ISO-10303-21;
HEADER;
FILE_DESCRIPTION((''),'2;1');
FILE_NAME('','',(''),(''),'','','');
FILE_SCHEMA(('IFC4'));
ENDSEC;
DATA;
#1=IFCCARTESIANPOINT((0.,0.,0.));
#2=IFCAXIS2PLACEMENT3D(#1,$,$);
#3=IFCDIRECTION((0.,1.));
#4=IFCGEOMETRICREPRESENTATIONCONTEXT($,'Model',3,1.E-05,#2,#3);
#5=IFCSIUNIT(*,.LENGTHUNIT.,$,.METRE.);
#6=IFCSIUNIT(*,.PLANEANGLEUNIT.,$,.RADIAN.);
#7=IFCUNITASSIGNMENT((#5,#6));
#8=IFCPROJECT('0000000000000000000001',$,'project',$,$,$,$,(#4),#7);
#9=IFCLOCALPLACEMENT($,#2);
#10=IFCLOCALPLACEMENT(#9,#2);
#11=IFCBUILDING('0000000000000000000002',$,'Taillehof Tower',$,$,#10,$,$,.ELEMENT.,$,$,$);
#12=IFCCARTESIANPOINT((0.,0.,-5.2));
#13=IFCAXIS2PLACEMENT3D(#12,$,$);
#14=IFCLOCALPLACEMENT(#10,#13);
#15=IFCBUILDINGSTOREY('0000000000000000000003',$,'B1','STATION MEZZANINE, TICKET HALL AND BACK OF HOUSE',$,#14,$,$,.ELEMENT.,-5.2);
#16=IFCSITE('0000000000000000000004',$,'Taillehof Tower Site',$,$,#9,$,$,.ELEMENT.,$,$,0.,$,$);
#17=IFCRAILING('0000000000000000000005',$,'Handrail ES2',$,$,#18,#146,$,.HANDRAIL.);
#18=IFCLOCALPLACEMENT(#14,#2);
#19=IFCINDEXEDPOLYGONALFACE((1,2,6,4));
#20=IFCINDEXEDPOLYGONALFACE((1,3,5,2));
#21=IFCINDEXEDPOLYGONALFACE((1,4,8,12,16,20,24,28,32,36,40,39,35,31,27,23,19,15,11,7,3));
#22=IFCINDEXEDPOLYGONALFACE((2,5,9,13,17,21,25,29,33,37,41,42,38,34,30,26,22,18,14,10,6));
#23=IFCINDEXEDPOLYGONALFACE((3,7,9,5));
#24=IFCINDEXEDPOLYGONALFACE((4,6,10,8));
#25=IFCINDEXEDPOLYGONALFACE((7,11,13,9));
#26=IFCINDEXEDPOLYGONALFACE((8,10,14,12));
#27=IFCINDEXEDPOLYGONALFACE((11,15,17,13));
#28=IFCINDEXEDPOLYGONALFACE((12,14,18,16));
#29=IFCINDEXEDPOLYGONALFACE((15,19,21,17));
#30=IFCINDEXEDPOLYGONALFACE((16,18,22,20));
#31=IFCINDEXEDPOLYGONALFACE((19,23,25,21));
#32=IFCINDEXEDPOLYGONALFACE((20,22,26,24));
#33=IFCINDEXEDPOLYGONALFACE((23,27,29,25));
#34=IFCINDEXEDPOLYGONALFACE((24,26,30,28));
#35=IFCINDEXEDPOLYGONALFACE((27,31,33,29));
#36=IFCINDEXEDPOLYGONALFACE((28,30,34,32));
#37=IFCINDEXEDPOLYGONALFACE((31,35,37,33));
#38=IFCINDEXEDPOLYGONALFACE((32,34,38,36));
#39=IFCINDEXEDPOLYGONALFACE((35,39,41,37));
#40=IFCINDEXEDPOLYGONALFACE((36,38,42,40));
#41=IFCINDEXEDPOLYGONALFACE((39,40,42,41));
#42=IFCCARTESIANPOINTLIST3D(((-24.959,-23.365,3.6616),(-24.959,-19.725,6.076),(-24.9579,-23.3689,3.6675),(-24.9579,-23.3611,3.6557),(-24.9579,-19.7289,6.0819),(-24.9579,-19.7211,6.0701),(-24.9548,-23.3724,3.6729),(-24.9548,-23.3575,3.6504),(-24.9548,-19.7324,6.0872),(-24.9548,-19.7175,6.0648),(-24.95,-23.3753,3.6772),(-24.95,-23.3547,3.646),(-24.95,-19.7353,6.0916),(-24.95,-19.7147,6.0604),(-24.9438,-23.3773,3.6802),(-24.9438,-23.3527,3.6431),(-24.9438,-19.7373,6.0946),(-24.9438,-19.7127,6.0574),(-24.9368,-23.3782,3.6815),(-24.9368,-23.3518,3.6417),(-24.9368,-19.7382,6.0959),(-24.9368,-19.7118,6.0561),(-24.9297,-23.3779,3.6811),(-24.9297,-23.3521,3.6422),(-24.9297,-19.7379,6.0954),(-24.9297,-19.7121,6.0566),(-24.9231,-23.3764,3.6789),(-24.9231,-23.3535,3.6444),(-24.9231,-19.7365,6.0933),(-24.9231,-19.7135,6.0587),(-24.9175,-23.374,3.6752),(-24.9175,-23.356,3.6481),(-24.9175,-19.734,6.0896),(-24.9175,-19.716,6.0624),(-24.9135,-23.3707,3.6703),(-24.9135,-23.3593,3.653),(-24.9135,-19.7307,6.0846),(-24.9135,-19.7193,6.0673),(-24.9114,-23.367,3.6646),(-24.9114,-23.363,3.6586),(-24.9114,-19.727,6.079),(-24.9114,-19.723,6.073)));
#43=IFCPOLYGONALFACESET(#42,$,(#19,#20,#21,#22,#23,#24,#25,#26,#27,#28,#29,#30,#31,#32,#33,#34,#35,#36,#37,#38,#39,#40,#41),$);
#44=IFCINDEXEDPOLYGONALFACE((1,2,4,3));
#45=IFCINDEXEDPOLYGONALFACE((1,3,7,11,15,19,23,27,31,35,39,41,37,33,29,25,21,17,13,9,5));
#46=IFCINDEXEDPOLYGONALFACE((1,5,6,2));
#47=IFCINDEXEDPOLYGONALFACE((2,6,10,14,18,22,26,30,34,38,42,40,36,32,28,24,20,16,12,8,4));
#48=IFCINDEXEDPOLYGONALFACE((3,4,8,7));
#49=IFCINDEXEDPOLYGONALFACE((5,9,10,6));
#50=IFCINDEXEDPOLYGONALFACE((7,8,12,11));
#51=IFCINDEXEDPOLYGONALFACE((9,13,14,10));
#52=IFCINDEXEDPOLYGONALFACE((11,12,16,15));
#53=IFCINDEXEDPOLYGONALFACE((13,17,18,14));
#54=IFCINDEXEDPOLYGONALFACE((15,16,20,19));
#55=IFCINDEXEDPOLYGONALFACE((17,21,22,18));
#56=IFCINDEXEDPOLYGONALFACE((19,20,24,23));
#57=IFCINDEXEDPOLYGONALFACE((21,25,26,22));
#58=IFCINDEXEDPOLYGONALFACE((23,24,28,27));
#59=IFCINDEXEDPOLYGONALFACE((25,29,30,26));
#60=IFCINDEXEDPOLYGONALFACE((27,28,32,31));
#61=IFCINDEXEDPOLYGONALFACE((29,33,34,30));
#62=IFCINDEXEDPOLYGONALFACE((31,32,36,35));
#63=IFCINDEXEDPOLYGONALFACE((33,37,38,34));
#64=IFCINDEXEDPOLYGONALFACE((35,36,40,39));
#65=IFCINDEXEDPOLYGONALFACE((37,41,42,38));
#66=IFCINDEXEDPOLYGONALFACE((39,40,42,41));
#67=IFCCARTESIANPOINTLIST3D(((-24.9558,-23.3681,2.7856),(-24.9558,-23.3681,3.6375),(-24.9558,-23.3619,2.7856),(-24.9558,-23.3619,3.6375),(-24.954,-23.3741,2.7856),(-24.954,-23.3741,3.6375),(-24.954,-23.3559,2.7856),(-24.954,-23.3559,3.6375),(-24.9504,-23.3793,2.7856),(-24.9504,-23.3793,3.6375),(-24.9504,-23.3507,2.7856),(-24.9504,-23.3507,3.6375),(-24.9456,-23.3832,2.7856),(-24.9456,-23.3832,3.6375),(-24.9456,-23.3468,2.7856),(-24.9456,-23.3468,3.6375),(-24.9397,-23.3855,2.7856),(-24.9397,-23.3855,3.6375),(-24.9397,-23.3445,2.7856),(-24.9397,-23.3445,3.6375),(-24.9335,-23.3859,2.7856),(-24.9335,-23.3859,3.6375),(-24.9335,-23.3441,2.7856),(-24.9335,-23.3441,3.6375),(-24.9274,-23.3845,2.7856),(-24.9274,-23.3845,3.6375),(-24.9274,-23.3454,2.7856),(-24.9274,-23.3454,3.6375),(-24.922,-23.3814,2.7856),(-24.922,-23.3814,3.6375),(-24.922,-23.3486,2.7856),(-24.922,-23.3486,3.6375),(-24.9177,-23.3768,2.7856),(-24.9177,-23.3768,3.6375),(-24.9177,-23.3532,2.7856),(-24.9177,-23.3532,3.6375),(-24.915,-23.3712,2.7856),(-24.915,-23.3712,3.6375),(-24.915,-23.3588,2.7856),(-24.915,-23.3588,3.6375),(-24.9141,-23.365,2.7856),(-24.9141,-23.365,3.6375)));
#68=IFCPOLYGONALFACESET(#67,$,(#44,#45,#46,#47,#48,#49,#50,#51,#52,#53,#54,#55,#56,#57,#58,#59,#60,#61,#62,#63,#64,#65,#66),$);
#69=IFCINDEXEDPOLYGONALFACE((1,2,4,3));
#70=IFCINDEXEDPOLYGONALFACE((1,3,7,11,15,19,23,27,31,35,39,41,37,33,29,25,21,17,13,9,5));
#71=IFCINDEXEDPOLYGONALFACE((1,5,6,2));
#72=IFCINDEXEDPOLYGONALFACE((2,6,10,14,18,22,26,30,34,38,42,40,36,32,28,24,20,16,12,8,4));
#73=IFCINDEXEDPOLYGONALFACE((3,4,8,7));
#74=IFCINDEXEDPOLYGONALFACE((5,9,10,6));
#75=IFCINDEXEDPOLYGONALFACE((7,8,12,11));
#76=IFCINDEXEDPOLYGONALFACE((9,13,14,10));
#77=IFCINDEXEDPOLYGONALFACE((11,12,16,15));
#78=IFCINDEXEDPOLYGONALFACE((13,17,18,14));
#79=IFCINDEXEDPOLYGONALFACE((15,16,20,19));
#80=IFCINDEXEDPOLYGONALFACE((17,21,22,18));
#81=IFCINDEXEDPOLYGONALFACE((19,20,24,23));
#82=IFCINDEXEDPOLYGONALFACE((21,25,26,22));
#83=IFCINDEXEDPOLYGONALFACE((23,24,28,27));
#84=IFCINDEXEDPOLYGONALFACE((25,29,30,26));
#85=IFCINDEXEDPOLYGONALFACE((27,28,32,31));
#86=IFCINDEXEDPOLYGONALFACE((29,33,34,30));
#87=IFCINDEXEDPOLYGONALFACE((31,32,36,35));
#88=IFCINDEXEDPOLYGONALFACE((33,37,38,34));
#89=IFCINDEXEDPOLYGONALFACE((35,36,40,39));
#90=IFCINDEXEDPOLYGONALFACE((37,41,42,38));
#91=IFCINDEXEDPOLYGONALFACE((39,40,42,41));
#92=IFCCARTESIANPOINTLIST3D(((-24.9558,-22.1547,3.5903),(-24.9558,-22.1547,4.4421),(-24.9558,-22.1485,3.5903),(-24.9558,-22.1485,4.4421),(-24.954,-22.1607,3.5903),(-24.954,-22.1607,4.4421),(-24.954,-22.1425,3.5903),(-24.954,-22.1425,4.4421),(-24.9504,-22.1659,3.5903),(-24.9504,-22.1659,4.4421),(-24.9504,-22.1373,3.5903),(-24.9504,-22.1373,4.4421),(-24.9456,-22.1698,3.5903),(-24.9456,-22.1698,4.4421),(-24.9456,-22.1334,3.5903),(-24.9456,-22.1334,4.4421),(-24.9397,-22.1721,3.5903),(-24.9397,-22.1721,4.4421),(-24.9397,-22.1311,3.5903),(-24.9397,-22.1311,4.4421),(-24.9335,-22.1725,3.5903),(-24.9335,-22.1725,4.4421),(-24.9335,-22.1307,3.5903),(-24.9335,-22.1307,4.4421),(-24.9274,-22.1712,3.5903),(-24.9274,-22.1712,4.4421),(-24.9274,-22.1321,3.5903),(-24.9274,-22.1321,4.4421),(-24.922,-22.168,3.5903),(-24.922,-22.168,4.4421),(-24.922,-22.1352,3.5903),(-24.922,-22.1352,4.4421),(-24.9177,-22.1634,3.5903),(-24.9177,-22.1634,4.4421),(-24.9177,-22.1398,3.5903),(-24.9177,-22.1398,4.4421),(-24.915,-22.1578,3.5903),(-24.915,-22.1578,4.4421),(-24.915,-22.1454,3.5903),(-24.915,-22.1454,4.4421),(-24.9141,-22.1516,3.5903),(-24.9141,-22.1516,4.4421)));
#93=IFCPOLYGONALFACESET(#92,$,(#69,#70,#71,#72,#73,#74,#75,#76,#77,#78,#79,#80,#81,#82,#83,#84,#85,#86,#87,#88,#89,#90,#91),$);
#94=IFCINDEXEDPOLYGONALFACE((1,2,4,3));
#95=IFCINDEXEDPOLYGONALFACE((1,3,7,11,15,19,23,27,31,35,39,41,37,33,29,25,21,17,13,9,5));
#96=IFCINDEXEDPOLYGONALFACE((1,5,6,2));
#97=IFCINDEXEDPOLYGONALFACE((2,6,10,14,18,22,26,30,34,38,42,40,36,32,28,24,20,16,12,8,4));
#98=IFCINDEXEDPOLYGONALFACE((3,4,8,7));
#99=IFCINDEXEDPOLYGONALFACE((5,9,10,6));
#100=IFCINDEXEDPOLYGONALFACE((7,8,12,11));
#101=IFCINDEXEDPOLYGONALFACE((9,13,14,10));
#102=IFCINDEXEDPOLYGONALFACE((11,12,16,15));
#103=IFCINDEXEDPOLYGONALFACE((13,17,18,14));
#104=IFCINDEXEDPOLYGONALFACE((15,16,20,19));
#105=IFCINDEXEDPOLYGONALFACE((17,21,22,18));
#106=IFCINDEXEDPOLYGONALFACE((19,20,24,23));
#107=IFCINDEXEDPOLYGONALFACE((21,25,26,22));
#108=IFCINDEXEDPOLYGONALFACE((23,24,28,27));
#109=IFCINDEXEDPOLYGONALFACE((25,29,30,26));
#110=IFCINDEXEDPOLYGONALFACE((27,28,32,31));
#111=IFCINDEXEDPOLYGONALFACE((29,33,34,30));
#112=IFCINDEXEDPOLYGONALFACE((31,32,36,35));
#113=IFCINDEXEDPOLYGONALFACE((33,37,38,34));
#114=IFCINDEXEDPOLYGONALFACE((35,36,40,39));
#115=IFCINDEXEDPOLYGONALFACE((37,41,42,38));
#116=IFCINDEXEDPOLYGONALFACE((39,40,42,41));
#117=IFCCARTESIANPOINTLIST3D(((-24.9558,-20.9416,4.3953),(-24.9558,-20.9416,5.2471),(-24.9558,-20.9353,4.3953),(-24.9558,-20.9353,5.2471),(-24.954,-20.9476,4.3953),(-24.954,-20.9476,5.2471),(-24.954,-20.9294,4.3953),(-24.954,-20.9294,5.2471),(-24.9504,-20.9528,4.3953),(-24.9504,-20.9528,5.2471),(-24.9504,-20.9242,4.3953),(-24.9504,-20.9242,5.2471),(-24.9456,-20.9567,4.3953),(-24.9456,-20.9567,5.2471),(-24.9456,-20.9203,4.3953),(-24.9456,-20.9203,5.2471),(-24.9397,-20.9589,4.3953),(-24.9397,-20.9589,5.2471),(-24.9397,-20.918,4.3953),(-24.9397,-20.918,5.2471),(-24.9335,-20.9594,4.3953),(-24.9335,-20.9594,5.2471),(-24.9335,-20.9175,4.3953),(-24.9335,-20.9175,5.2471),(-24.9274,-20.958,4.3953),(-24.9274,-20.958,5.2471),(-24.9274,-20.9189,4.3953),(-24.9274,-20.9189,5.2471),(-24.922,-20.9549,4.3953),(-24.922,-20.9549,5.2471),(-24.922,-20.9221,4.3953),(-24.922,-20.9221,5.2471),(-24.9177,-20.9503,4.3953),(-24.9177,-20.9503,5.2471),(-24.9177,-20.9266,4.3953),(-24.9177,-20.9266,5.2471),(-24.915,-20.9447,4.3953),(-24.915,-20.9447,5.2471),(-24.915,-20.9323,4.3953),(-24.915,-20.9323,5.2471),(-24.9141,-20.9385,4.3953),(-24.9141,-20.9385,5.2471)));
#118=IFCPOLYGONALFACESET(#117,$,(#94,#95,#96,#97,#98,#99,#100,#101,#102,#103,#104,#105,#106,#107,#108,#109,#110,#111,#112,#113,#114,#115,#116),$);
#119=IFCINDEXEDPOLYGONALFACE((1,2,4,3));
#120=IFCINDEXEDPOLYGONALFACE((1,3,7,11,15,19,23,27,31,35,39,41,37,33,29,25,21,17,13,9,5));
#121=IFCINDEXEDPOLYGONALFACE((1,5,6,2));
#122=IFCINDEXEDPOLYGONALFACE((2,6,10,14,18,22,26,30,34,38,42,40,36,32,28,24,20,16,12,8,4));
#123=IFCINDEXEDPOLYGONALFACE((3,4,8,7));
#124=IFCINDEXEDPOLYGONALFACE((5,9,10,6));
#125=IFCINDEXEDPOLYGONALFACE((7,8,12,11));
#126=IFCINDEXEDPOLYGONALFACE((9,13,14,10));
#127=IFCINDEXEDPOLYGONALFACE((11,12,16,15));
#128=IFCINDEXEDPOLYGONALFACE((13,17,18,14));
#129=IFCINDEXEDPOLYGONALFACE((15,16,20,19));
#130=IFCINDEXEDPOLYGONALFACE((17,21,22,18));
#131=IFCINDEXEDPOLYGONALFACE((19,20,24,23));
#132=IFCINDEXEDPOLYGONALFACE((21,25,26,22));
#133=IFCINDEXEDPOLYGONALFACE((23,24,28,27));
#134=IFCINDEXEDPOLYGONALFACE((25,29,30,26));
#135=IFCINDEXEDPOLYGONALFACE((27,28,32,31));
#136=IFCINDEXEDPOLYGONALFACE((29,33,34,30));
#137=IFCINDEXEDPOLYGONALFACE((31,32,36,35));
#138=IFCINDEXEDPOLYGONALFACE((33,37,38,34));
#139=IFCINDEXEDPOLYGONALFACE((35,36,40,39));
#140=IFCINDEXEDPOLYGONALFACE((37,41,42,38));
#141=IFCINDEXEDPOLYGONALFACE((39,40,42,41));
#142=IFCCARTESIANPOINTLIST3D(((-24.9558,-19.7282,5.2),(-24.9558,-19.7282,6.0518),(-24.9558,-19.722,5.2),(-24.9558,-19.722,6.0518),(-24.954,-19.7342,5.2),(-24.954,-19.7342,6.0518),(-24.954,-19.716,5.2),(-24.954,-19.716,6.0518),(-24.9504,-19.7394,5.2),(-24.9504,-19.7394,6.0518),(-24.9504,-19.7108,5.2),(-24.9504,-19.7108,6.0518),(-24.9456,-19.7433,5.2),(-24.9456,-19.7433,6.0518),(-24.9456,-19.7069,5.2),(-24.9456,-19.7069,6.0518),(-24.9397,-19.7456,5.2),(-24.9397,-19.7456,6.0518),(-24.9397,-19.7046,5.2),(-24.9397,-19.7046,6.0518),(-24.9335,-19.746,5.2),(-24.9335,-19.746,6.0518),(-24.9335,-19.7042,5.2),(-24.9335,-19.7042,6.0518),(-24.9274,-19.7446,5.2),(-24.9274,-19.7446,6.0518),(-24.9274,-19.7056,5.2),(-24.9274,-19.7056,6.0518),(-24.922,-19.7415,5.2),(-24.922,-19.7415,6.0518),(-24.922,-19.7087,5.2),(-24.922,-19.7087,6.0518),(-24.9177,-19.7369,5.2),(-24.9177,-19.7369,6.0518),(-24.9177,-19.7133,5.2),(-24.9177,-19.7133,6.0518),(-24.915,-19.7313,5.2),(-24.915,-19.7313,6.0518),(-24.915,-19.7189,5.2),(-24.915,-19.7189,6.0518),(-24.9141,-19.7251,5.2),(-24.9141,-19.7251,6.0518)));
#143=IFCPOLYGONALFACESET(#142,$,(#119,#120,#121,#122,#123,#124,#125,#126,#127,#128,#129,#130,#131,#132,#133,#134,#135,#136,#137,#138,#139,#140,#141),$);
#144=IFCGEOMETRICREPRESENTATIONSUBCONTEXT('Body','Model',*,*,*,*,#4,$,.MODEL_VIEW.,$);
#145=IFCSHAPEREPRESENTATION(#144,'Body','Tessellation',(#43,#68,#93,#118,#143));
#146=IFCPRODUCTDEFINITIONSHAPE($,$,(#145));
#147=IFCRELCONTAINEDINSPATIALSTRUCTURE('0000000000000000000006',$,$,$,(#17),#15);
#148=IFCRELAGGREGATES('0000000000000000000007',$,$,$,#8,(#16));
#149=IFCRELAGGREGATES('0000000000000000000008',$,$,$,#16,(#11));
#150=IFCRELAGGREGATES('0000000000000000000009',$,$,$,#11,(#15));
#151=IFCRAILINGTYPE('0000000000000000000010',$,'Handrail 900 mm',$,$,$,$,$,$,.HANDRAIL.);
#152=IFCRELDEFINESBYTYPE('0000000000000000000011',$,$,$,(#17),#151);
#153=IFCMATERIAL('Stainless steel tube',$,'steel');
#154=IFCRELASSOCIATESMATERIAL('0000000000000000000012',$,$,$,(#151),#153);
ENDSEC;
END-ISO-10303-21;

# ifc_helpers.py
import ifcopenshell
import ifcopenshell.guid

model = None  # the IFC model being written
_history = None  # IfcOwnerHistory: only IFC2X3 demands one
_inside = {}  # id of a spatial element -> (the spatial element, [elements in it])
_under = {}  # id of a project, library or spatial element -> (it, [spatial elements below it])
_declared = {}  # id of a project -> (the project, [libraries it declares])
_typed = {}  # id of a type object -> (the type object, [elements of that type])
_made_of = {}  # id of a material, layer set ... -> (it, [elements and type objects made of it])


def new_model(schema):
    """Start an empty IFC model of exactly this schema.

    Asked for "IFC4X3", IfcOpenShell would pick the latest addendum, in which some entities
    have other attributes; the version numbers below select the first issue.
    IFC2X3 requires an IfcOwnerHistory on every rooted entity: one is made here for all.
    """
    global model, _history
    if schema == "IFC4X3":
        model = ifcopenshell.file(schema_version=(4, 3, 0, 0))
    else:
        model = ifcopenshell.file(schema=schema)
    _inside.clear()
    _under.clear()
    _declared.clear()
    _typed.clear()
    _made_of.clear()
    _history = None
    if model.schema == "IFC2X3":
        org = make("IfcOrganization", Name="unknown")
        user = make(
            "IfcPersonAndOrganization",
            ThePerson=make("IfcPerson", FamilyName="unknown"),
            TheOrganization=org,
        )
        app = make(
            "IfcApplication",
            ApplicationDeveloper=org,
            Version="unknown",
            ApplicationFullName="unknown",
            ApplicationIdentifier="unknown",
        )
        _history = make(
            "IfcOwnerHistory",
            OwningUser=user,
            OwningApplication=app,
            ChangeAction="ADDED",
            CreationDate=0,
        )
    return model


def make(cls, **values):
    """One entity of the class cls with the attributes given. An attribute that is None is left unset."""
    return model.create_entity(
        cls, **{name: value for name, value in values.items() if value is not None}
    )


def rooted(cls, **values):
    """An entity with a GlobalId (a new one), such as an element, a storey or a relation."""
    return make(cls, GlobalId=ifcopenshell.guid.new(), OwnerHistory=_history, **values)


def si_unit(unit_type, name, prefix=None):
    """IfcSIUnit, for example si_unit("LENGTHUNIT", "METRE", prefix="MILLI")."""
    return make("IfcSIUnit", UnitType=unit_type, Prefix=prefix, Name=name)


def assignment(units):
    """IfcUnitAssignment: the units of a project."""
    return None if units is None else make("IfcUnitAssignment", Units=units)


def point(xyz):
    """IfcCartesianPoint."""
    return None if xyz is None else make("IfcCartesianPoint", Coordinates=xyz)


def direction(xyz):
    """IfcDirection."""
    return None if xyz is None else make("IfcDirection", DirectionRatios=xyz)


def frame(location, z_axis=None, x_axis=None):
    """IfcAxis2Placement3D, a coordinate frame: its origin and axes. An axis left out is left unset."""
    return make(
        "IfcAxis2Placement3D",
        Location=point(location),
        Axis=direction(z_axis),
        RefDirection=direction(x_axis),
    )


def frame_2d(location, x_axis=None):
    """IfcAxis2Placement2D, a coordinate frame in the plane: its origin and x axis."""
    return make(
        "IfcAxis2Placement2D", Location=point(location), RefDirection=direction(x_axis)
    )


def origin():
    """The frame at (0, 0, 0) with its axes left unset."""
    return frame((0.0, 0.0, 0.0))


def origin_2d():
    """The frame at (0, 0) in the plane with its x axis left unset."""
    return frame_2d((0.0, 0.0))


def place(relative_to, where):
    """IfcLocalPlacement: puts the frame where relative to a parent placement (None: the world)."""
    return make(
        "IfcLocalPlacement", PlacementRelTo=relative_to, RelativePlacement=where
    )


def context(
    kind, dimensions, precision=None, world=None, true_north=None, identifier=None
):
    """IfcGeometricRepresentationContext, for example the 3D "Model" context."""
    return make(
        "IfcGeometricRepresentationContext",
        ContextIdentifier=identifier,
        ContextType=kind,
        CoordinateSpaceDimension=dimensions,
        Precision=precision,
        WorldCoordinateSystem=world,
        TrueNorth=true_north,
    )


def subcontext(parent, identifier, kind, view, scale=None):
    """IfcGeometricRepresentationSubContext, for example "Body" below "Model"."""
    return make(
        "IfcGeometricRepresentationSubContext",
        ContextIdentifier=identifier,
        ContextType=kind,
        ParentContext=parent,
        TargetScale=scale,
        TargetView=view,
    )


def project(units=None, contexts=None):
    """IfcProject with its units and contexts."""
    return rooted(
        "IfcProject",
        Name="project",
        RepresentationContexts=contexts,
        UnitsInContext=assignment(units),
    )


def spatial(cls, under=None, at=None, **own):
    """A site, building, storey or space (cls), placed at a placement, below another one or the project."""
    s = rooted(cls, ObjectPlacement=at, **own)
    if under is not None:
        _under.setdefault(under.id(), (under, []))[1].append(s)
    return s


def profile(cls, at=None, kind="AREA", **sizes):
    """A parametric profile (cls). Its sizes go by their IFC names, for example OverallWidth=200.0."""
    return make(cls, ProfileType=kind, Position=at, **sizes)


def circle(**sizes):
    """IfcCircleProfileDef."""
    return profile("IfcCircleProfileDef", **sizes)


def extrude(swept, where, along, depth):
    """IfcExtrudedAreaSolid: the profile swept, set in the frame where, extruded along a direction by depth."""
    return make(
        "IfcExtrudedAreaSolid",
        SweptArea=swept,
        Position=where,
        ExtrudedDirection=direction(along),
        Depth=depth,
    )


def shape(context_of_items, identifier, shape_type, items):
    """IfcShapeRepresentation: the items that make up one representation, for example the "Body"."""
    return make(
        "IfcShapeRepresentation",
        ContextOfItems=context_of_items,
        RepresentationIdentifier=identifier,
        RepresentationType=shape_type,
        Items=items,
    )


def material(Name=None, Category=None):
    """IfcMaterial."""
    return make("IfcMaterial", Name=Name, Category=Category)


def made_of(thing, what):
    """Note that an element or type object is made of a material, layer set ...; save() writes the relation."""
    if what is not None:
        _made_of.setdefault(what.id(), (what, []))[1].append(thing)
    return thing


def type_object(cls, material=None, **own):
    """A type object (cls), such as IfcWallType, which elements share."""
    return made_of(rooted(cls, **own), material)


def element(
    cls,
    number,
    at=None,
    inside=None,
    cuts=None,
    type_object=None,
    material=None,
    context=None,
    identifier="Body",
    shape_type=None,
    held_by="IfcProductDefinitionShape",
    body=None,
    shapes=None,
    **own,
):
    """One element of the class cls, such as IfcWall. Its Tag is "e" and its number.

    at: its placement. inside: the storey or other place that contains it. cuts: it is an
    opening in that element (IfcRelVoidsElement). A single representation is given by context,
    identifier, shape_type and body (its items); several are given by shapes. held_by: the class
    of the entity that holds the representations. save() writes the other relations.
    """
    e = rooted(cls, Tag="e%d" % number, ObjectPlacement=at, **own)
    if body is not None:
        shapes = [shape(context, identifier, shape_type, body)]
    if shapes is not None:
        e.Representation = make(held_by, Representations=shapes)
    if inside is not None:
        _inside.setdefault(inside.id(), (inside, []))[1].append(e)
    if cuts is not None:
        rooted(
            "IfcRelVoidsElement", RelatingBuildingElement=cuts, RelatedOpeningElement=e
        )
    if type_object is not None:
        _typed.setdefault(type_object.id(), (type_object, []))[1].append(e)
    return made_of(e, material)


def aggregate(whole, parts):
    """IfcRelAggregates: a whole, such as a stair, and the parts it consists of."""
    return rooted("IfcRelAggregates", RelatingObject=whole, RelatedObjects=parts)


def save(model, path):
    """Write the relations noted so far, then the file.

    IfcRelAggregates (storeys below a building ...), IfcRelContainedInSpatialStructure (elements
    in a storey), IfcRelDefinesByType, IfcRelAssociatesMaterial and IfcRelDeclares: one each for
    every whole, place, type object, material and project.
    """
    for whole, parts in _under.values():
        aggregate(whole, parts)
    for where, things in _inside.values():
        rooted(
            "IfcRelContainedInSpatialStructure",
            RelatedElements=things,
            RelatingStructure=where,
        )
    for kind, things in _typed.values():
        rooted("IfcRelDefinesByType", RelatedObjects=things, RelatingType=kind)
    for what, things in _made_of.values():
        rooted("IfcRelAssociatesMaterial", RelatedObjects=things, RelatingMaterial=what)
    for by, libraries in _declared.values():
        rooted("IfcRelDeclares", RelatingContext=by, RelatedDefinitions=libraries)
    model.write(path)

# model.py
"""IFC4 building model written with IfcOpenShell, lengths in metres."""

from ifc_helpers import new_model, si_unit, direction, frame, origin, origin_2d, place, context, subcontext, project, spatial, circle, extrude, material, type_object, element, save


model = new_model("IFC4")

# Units and contexts
model_context = context("Model", 3, precision=1e-05, world=origin(), true_north=direction((0.0, 1.0)))
body_context = subcontext(model_context, "Body", "Model", "MODEL_VIEW")
ifc_project = project(units=[si_unit("LENGTHUNIT", "METRE"), si_unit("PLANEANGLEUNIT", "RADIAN")], contexts=[model_context])

# Site, building, storey
site_placement = place(None, origin())
site = spatial("IfcSite", under=ifc_project, at=site_placement, Name="Taillehof Tower Site", CompositionType="ELEMENT", RefElevation=0.0)
building_placement = place(site_placement, origin())
building = spatial("IfcBuilding", under=site, at=building_placement, Name="Taillehof Tower", CompositionType="ELEMENT")
storey_placement = place(building_placement, frame((0.0, 0.0, -5.2)))
storey = spatial("IfcBuildingStorey", under=building, at=storey_placement, Name="B1", Description="STATION MEZZANINE, TICKET HALL AND BACK OF HOUSE", CompositionType="ELEMENT", Elevation=-5.2)

# Railing
ifc_material_1 = material(Name="Stainless steel tube", Category="steel")
railing_type_1 = type_object("IfcRailingType", Name="Handrail 900 mm", PredefinedType="HANDRAIL", material=ifc_material_1)
for number, where, name in (
    (1, (-24.9351, -23.365, 2.7856), "Handrail ES2"),
):
    element("IfcRailing", number, at=place(storey_placement, frame(where)), inside=storey, type_object=railing_type_1, Name=name, PredefinedType="HANDRAIL", context=body_context, shape_type="SweptSolid", body=[
        extrude(circle(Radius=0.0239, at=origin_2d()), frame((0.0, 0.0, 0.876), z_axis=(0.0, 0.833347, 0.552751), x_axis=(-1.0, 0.0, 0.0)), (0.0, 0.0, 1.0), 4.3679),
        extrude(circle(Radius=0.021, at=origin_2d()), origin(), (0.0, 0.0, 1.0), 0.8518),
        extrude(circle(Radius=0.021, at=origin_2d()), frame((0.0, 1.2134, 0.8047)), (0.0, 0.0, 1.0), 0.8518),
        extrude(circle(Radius=0.021, at=origin_2d()), frame((0.0, 2.4265, 1.6096)), (0.0, 0.0, 1.0), 0.8518),
        extrude(circle(Radius=0.021, at=origin_2d()), frame((0.0, 3.6399, 2.4143)), (0.0, 0.0, 1.0), 0.8518),
    ])

save(model, "model.ifc")
